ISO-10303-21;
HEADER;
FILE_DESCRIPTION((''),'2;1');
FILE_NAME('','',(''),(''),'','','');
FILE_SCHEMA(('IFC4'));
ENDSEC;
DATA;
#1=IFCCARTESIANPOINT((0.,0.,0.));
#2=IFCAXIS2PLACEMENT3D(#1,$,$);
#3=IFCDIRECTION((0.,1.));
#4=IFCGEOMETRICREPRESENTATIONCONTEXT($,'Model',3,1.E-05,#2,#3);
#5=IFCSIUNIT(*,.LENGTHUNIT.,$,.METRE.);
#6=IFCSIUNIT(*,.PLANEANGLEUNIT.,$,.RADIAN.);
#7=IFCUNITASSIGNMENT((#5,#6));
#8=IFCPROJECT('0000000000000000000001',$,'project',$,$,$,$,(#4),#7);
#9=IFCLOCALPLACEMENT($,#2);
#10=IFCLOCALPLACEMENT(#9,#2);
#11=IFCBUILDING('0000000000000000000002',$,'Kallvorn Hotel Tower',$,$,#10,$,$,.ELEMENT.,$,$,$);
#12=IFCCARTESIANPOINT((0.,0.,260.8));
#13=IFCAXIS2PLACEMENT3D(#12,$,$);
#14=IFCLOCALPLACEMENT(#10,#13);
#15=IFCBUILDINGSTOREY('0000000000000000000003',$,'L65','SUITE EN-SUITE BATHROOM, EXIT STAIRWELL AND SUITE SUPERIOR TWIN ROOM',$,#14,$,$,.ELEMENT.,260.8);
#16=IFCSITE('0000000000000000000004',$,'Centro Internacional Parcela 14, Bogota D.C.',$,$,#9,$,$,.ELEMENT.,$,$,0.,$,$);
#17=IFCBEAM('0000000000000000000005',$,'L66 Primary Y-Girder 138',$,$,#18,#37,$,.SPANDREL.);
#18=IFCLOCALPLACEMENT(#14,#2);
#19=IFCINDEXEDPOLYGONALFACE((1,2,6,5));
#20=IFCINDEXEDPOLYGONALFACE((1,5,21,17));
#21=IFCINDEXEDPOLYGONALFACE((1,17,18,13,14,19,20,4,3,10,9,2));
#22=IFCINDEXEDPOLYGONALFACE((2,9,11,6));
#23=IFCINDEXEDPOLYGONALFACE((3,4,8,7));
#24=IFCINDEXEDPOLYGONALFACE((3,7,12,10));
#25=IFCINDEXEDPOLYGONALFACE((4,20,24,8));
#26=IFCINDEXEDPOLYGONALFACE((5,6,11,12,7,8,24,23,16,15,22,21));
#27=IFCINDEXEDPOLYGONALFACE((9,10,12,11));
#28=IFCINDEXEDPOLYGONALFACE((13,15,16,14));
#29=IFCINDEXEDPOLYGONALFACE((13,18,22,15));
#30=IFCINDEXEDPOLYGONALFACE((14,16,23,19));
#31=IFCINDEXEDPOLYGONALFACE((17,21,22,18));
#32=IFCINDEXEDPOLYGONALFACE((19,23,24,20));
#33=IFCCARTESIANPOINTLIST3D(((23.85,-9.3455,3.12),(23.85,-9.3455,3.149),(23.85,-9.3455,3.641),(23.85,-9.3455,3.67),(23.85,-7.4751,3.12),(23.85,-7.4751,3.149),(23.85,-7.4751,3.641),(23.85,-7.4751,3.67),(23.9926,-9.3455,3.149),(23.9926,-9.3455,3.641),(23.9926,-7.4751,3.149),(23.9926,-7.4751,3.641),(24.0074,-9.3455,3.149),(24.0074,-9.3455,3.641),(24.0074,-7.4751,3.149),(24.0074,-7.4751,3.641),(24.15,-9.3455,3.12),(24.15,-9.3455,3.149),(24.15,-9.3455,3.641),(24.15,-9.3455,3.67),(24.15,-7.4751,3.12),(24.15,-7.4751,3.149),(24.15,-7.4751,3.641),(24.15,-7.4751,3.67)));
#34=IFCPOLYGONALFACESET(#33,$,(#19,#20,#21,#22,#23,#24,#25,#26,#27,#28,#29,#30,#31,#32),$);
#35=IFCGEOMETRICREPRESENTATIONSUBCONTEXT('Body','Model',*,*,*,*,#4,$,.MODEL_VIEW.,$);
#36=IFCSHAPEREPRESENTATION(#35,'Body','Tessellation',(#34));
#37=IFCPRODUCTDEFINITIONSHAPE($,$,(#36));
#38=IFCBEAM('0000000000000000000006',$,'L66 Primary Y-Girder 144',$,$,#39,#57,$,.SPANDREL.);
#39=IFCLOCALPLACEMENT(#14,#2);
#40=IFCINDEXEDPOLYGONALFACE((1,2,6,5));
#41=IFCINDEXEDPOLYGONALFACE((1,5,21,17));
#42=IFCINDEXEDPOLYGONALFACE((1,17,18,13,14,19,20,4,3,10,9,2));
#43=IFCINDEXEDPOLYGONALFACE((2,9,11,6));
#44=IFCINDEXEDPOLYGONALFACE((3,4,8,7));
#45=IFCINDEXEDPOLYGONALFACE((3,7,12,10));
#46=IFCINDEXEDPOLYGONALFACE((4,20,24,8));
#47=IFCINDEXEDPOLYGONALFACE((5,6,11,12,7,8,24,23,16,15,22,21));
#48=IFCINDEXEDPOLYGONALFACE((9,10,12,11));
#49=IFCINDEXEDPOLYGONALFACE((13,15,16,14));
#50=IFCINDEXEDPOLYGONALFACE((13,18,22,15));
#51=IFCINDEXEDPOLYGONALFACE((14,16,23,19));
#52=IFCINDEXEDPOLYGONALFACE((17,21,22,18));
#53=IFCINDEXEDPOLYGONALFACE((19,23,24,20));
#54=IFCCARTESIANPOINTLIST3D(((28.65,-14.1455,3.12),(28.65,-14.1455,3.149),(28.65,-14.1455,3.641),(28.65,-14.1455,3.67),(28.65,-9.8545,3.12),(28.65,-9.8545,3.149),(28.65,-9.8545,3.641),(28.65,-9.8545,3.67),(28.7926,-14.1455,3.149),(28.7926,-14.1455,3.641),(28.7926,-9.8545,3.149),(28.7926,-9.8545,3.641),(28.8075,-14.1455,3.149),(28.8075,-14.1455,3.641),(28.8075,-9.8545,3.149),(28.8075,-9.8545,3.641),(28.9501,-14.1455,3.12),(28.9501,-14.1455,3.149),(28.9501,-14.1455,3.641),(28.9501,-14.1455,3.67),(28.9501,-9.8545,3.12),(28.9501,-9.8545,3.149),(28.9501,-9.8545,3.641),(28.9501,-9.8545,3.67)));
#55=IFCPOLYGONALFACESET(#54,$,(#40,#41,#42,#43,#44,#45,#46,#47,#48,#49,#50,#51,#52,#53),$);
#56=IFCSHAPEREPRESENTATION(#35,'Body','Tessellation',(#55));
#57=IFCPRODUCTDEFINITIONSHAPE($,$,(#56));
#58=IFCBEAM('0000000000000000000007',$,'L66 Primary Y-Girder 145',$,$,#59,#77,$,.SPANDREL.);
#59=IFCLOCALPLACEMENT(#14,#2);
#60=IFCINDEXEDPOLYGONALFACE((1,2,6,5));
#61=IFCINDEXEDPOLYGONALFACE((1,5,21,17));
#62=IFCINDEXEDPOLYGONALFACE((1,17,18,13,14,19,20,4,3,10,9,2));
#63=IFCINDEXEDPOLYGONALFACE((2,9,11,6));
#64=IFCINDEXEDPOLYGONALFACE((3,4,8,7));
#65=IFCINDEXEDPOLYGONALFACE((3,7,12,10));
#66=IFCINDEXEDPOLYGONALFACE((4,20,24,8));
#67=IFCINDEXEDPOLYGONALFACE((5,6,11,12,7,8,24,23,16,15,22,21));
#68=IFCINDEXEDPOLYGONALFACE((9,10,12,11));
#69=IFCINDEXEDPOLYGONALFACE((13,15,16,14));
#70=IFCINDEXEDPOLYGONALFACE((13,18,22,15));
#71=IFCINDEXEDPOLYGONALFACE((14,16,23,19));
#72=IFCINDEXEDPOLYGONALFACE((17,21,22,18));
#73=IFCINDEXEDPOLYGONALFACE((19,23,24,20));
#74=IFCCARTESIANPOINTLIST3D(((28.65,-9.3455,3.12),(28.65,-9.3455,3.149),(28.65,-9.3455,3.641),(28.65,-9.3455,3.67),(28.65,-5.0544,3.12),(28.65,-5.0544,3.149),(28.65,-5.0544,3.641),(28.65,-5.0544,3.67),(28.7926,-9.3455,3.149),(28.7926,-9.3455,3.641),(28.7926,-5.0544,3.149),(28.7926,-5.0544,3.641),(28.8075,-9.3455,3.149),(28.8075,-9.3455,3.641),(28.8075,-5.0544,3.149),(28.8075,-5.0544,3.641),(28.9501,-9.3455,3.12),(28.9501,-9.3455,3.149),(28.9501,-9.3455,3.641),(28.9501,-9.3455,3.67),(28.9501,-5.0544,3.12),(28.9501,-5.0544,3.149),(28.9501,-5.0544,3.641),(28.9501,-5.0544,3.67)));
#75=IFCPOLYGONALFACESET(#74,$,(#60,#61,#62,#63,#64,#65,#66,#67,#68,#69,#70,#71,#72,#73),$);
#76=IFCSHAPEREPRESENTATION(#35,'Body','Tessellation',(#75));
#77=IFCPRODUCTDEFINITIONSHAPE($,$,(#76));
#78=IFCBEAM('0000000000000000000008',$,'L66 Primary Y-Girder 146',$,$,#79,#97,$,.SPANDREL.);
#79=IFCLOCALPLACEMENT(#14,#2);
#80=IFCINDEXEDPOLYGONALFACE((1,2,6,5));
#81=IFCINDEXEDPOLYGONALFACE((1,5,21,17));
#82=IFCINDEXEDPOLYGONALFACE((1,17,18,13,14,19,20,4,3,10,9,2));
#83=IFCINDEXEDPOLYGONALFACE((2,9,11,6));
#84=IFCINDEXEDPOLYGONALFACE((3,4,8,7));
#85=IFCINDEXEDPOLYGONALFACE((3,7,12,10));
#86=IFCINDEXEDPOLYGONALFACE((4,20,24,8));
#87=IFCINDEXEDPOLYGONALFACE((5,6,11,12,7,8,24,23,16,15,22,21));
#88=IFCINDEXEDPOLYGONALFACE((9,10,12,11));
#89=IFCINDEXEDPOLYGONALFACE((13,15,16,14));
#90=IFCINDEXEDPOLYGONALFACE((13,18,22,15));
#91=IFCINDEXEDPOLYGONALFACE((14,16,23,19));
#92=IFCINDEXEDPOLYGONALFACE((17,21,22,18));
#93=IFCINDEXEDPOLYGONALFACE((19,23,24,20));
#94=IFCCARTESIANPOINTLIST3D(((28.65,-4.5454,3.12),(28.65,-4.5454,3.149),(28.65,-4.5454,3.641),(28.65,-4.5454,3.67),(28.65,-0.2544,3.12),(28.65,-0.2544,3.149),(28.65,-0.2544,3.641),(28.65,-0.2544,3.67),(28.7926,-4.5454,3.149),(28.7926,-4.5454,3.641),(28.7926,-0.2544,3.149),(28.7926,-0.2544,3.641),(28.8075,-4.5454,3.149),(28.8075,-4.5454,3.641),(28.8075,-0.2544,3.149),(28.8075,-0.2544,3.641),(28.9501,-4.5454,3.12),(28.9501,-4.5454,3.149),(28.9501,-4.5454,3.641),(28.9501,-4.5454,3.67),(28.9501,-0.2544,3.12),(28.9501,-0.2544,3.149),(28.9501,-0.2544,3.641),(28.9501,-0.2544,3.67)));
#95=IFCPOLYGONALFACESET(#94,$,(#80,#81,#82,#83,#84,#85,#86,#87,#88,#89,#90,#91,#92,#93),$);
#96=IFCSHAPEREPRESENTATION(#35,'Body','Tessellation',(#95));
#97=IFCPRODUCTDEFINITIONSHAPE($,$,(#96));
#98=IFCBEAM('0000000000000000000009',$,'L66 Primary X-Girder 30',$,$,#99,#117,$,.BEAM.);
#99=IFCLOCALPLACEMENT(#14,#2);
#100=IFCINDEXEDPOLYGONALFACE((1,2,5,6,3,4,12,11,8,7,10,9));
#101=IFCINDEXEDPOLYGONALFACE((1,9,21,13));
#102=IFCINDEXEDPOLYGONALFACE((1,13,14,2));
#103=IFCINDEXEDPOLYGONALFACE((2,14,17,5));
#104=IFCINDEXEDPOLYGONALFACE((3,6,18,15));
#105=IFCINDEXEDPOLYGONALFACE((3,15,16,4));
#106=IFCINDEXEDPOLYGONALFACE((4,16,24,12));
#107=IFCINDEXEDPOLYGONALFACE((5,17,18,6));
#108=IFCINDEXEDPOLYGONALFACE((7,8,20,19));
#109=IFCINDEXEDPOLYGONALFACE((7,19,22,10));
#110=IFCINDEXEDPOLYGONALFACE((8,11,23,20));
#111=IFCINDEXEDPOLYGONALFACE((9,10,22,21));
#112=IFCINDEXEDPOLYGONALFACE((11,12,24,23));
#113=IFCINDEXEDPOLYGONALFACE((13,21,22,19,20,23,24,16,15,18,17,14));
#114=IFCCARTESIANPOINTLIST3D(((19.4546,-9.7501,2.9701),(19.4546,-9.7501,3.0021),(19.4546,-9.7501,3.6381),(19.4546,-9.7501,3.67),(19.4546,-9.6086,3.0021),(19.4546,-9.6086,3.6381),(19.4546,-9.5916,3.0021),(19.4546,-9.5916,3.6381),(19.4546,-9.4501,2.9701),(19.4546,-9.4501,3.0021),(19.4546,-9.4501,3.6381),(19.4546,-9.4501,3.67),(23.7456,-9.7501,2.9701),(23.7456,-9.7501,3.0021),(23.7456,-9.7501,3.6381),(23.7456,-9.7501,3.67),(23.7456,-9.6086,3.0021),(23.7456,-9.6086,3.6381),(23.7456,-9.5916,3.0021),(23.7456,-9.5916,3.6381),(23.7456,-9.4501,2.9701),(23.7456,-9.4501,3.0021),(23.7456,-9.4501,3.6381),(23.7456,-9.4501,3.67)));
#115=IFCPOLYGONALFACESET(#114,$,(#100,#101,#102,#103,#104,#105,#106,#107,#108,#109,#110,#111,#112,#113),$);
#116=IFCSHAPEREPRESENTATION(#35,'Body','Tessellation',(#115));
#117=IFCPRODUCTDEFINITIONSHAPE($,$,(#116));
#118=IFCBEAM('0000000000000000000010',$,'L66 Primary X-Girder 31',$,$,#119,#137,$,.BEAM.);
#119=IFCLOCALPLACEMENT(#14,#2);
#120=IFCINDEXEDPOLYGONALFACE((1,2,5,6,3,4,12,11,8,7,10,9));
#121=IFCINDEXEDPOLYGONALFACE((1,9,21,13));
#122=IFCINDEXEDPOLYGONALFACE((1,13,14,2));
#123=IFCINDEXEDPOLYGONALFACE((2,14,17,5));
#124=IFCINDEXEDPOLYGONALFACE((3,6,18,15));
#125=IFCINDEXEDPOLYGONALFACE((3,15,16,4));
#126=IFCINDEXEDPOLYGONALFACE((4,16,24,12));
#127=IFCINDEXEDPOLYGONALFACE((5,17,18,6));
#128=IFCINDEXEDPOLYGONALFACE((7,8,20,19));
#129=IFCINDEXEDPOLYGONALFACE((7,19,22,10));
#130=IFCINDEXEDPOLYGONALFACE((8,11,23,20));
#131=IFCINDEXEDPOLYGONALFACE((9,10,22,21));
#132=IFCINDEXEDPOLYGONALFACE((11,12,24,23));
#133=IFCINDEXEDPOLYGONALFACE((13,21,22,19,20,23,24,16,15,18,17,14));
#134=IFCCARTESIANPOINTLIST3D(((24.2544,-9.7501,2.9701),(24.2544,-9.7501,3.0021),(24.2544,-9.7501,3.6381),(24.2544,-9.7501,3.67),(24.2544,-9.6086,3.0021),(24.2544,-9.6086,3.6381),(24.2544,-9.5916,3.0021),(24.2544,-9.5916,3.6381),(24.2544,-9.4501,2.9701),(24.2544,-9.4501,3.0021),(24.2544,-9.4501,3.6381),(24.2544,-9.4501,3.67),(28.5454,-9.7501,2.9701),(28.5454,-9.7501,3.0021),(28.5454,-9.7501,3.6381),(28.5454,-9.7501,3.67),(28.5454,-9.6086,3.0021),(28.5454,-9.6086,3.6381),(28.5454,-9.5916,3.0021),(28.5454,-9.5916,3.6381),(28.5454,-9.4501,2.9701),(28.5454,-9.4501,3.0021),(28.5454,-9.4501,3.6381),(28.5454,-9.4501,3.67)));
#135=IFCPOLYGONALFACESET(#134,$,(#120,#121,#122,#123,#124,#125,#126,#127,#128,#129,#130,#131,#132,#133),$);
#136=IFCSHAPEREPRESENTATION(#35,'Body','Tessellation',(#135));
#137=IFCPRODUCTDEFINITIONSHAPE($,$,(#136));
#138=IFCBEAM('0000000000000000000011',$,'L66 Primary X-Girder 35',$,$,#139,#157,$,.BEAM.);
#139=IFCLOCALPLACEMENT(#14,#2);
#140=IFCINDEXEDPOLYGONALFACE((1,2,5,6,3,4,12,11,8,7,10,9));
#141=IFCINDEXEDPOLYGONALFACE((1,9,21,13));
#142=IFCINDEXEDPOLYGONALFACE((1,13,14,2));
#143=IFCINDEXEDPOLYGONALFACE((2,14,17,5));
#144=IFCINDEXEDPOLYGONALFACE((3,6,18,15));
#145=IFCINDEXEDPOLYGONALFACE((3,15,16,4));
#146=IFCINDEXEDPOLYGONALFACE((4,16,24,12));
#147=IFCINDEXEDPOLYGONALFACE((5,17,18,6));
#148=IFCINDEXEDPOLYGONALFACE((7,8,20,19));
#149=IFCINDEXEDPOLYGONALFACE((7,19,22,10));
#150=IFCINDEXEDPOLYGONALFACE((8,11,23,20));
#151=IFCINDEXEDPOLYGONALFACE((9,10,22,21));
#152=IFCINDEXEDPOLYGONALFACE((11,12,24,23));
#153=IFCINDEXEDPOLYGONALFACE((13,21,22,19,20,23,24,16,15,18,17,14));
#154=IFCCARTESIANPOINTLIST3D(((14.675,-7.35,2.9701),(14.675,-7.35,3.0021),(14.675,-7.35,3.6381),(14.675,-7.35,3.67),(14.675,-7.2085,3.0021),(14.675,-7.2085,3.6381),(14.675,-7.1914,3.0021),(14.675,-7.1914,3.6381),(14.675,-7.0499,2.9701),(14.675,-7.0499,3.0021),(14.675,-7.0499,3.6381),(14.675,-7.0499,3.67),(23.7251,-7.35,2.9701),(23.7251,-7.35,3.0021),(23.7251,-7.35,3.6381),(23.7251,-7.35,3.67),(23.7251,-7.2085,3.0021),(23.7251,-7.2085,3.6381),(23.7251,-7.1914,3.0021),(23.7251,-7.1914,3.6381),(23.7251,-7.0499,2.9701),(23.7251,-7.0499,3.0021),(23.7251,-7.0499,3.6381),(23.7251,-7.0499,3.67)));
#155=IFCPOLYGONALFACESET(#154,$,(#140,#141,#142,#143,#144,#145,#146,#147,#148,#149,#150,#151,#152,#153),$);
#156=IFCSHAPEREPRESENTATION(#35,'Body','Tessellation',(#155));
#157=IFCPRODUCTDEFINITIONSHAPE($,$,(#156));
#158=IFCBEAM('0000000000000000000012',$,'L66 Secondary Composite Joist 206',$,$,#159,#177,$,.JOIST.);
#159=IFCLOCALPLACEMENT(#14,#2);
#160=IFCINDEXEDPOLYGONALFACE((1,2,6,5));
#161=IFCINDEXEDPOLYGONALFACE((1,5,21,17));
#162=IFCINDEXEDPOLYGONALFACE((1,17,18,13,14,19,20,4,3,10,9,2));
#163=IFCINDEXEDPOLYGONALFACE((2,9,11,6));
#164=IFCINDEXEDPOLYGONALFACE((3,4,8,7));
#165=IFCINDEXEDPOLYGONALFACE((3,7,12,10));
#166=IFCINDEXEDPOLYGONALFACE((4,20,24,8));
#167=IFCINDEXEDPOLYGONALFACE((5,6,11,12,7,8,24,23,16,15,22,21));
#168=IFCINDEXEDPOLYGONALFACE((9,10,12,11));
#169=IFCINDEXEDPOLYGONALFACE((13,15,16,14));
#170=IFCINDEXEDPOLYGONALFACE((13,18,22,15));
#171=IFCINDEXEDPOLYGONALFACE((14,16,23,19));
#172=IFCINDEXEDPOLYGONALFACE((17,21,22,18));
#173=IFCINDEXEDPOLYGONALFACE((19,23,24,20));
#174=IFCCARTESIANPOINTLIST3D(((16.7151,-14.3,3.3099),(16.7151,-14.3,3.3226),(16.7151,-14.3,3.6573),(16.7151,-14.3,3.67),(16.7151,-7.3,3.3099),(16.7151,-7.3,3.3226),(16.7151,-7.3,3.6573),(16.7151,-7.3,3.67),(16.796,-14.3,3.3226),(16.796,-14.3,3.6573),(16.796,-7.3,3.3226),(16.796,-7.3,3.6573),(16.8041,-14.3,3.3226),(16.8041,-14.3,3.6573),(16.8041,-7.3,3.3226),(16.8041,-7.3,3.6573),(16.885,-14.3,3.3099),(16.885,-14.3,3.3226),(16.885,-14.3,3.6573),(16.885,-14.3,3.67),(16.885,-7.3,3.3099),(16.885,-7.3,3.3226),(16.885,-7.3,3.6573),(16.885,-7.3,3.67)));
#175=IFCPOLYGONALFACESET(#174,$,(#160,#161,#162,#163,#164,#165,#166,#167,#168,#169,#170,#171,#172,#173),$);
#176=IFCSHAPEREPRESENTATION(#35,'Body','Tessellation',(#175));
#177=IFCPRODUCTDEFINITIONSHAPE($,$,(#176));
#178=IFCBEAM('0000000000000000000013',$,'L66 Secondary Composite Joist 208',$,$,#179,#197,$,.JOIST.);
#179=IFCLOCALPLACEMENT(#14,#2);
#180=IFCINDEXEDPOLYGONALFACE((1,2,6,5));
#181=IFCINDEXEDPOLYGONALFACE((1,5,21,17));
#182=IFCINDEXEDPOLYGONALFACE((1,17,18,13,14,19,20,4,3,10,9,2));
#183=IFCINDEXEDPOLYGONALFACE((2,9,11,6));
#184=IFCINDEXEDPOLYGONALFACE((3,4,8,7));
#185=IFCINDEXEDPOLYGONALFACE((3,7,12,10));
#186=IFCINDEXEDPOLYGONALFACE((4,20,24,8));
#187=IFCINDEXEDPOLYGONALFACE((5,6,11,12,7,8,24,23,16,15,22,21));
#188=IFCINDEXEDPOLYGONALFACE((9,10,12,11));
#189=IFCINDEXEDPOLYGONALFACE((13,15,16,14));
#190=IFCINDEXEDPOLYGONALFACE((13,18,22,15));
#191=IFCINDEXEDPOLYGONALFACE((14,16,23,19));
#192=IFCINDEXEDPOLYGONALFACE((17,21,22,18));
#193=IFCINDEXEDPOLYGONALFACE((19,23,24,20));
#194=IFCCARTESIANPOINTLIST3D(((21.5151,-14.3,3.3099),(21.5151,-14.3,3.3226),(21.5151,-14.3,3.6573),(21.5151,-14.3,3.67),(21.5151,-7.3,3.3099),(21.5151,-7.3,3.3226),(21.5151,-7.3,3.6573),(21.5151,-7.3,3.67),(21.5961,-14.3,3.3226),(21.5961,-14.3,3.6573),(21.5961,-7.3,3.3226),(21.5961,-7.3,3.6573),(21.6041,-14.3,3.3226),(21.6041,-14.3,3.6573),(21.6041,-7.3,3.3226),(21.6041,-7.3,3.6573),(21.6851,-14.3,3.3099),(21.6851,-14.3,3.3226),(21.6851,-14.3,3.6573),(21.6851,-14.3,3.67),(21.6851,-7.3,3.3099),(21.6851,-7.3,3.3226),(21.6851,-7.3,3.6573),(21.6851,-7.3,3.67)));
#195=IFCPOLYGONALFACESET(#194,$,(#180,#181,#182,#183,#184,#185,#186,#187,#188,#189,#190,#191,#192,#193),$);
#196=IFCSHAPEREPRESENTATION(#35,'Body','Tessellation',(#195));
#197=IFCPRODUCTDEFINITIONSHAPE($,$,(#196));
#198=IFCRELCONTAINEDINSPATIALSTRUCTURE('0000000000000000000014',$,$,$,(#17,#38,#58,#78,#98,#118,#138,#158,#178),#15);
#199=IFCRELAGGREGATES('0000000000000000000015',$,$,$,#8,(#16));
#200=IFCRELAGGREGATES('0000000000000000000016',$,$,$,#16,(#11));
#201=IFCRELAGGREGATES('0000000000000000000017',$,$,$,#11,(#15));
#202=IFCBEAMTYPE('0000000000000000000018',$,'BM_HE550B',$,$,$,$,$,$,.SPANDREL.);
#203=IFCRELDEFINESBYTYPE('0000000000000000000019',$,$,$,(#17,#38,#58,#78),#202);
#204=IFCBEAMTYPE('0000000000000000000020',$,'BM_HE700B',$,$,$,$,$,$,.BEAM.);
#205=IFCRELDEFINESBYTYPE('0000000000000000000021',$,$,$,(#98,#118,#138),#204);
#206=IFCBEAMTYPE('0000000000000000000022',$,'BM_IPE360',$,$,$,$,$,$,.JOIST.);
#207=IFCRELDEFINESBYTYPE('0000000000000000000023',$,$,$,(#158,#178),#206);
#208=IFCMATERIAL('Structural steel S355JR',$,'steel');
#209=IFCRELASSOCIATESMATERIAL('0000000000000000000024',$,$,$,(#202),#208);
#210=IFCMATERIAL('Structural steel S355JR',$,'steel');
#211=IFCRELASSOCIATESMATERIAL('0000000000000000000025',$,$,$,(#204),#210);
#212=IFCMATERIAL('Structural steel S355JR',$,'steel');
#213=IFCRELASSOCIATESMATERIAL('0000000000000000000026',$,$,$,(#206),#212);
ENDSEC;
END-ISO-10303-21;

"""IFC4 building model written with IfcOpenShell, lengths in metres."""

from ifc_helpers import new_model, si_unit, direction, frame, origin, origin_2d, place, context, subcontext, project, spatial, i_section, extrude, material, material_profile, profile_set, type_object, element, save


model = new_model("IFC4")

# Units and contexts
model_context = context("Model", 3, precision=1e-05, world=origin(), true_north=direction((0.0, 1.0)))
body_context = subcontext(model_context, "Body", "Model", "MODEL_VIEW")
ifc_project = project(units=[si_unit("LENGTHUNIT", "METRE"), si_unit("PLANEANGLEUNIT", "RADIAN")], contexts=[model_context])

# Site, building, storey
site_placement = place(None, origin())
site = spatial("IfcSite", under=ifc_project, at=site_placement, Name="Centro Internacional Parcela 14, Bogota D.C.", CompositionType="ELEMENT", RefElevation=0.0)
building_placement = place(site_placement, origin())
building = spatial("IfcBuilding", under=site, at=building_placement, Name="Kallvorn Hotel Tower", CompositionType="ELEMENT")
storey_placement = place(building_placement, frame((0.0, 0.0, 260.8)))
storey = spatial("IfcBuildingStorey", under=building, at=storey_placement, Name="L65", Description="SUITE EN-SUITE BATHROOM, EXIT STAIRWELL AND SUITE SUPERIOR TWIN ROOM", CompositionType="ELEMENT", Elevation=260.8)

# Beams
ifc_material_1 = material(Name="Structural steel S355JR", Category="steel")
ifc_material_profile_1 = material_profile(ifc_material_1, i_section(OverallWidth=0.3, OverallDepth=0.55, WebThickness=0.0149, FlangeThickness=0.0291, at=origin_2d()), Name="HE 550 B")
ifc_profile_set_1 = profile_set([ifc_material_profile_1], Name="Structural steel S355JR")
beam_type_1 = type_object("IfcBeamType", Name="BM_HE550B", PredefinedType="SPANDREL", material=ifc_profile_set_1)
beam_1_placement = place(storey_placement, frame((24.0, -9.3455, 3.395), z_axis=(0.0, 1.0, 0.0), x_axis=(-1.0, 0.0, 0.0)))
element("IfcBeam", 1, at=beam_1_placement, inside=storey, type_object=beam_type_1, Name="L66 Primary Y-Girder 138", PredefinedType="SPANDREL", context=body_context, shape_type="SweptSolid", body=[
    extrude(i_section(OverallWidth=0.3, OverallDepth=0.55, WebThickness=0.0149, FlangeThickness=0.0291, at=origin_2d()), origin(), (0.0, 0.0, 1.0), 1.8704),
])
for number, where, z_axis, x_axis, name in (
    (2, (28.8, -14.1455, 3.395), (0.0, 1.0, 0.0), (-1.0, 0.0, 0.0), "L66 Primary Y-Girder 144"),
    (3, (28.8, -9.3455, 3.395), (0.0, 1.0, 0.0), (-1.0, 0.0, 0.0), "L66 Primary Y-Girder 145"),
    (4, (28.8, -4.5454, 3.395), (0.0, 1.0, 0.0), (-1.0, 0.0, 0.0), "L66 Primary Y-Girder 146"),
):
    element("IfcBeam", number, at=place(storey_placement, frame(where, z_axis=z_axis, x_axis=x_axis)), inside=storey, type_object=beam_type_1, Name=name, PredefinedType="SPANDREL", context=body_context, shape_type="SweptSolid", body=[
        extrude(i_section(OverallWidth=0.3, OverallDepth=0.55, WebThickness=0.0149, FlangeThickness=0.0291, at=origin_2d()), origin(), (0.0, 0.0, 1.0), 4.291),
    ])
ifc_material_2 = material(Name="Structural steel S355JR", Category="steel")
ifc_material_profile_2 = material_profile(ifc_material_2, i_section(OverallWidth=0.3, OverallDepth=0.7, WebThickness=0.0171, FlangeThickness=0.032, at=origin_2d()), Name="HE 700 B")
ifc_profile_set_2 = profile_set([ifc_material_profile_2], Name="Structural steel S355JR")
beam_type_2 = type_object("IfcBeamType", Name="BM_HE700B", PredefinedType="BEAM", material=ifc_profile_set_2)
for number, where, z_axis, x_axis, name in (
    (5, (19.4546, -9.6001, 3.3201), (1.0, 0.0, 0.0), (0.0, 1.0, 0.0), "L66 Primary X-Girder 30"),
    (6, (24.2544, -9.6001, 3.3201), (1.0, 0.0, 0.0), (0.0, 1.0, 0.0), "L66 Primary X-Girder 31"),
):
    element("IfcBeam", number, at=place(storey_placement, frame(where, z_axis=z_axis, x_axis=x_axis)), inside=storey, type_object=beam_type_2, Name=name, PredefinedType="BEAM", context=body_context, shape_type="SweptSolid", body=[
        extrude(i_section(OverallWidth=0.3, OverallDepth=0.7, WebThickness=0.0171, FlangeThickness=0.032, at=origin_2d()), origin(), (0.0, 0.0, 1.0), 4.291),
    ])
beam_2_placement = place(storey_placement, frame((14.675, -7.2, 3.3201), z_axis=(1.0, 0.0, 0.0), x_axis=(0.0, 1.0, 0.0)))
element("IfcBeam", 7, at=beam_2_placement, inside=storey, type_object=beam_type_2, Name="L66 Primary X-Girder 35", PredefinedType="BEAM", context=body_context, shape_type="SweptSolid", body=[
    extrude(i_section(OverallWidth=0.3, OverallDepth=0.7, WebThickness=0.0171, FlangeThickness=0.032, at=origin_2d()), origin(), (0.0, 0.0, 1.0), 9.05),
])
ifc_material_3 = material(Name="Structural steel S355JR", Category="steel")
ifc_material_profile_3 = material_profile(ifc_material_3, i_section(OverallWidth=0.1699, OverallDepth=0.3601, WebThickness=0.0081, FlangeThickness=0.0127, at=origin_2d()), Name="IPE 360")
ifc_profile_set_3 = profile_set([ifc_material_profile_3], Name="Structural steel S355JR")
beam_type_3 = type_object("IfcBeamType", Name="BM_IPE360", PredefinedType="JOIST", material=ifc_profile_set_3)
for number, where, z_axis, x_axis, name in (
    (8, (16.8, -14.3, 3.49), (0.0, 1.0, 0.0), (-1.0, 0.0, 0.0), "L66 Secondary Composite Joist 206"),
    (9, (21.6001, -14.3, 3.49), (0.0, 1.0, 0.0), (-1.0, 0.0, 0.0), "L66 Secondary Composite Joist 208"),
):
    element("IfcBeam", number, at=place(storey_placement, frame(where, z_axis=z_axis, x_axis=x_axis)), inside=storey, type_object=beam_type_3, Name=name, PredefinedType="JOIST", context=body_context, shape_type="SweptSolid", body=[
        extrude(i_section(OverallWidth=0.1699, OverallDepth=0.3601, WebThickness=0.0081, FlangeThickness=0.0127, at=origin_2d()), origin(), (0.0, 0.0, 1.0), 7.0),
    ])

save(model, "model.ifc")
